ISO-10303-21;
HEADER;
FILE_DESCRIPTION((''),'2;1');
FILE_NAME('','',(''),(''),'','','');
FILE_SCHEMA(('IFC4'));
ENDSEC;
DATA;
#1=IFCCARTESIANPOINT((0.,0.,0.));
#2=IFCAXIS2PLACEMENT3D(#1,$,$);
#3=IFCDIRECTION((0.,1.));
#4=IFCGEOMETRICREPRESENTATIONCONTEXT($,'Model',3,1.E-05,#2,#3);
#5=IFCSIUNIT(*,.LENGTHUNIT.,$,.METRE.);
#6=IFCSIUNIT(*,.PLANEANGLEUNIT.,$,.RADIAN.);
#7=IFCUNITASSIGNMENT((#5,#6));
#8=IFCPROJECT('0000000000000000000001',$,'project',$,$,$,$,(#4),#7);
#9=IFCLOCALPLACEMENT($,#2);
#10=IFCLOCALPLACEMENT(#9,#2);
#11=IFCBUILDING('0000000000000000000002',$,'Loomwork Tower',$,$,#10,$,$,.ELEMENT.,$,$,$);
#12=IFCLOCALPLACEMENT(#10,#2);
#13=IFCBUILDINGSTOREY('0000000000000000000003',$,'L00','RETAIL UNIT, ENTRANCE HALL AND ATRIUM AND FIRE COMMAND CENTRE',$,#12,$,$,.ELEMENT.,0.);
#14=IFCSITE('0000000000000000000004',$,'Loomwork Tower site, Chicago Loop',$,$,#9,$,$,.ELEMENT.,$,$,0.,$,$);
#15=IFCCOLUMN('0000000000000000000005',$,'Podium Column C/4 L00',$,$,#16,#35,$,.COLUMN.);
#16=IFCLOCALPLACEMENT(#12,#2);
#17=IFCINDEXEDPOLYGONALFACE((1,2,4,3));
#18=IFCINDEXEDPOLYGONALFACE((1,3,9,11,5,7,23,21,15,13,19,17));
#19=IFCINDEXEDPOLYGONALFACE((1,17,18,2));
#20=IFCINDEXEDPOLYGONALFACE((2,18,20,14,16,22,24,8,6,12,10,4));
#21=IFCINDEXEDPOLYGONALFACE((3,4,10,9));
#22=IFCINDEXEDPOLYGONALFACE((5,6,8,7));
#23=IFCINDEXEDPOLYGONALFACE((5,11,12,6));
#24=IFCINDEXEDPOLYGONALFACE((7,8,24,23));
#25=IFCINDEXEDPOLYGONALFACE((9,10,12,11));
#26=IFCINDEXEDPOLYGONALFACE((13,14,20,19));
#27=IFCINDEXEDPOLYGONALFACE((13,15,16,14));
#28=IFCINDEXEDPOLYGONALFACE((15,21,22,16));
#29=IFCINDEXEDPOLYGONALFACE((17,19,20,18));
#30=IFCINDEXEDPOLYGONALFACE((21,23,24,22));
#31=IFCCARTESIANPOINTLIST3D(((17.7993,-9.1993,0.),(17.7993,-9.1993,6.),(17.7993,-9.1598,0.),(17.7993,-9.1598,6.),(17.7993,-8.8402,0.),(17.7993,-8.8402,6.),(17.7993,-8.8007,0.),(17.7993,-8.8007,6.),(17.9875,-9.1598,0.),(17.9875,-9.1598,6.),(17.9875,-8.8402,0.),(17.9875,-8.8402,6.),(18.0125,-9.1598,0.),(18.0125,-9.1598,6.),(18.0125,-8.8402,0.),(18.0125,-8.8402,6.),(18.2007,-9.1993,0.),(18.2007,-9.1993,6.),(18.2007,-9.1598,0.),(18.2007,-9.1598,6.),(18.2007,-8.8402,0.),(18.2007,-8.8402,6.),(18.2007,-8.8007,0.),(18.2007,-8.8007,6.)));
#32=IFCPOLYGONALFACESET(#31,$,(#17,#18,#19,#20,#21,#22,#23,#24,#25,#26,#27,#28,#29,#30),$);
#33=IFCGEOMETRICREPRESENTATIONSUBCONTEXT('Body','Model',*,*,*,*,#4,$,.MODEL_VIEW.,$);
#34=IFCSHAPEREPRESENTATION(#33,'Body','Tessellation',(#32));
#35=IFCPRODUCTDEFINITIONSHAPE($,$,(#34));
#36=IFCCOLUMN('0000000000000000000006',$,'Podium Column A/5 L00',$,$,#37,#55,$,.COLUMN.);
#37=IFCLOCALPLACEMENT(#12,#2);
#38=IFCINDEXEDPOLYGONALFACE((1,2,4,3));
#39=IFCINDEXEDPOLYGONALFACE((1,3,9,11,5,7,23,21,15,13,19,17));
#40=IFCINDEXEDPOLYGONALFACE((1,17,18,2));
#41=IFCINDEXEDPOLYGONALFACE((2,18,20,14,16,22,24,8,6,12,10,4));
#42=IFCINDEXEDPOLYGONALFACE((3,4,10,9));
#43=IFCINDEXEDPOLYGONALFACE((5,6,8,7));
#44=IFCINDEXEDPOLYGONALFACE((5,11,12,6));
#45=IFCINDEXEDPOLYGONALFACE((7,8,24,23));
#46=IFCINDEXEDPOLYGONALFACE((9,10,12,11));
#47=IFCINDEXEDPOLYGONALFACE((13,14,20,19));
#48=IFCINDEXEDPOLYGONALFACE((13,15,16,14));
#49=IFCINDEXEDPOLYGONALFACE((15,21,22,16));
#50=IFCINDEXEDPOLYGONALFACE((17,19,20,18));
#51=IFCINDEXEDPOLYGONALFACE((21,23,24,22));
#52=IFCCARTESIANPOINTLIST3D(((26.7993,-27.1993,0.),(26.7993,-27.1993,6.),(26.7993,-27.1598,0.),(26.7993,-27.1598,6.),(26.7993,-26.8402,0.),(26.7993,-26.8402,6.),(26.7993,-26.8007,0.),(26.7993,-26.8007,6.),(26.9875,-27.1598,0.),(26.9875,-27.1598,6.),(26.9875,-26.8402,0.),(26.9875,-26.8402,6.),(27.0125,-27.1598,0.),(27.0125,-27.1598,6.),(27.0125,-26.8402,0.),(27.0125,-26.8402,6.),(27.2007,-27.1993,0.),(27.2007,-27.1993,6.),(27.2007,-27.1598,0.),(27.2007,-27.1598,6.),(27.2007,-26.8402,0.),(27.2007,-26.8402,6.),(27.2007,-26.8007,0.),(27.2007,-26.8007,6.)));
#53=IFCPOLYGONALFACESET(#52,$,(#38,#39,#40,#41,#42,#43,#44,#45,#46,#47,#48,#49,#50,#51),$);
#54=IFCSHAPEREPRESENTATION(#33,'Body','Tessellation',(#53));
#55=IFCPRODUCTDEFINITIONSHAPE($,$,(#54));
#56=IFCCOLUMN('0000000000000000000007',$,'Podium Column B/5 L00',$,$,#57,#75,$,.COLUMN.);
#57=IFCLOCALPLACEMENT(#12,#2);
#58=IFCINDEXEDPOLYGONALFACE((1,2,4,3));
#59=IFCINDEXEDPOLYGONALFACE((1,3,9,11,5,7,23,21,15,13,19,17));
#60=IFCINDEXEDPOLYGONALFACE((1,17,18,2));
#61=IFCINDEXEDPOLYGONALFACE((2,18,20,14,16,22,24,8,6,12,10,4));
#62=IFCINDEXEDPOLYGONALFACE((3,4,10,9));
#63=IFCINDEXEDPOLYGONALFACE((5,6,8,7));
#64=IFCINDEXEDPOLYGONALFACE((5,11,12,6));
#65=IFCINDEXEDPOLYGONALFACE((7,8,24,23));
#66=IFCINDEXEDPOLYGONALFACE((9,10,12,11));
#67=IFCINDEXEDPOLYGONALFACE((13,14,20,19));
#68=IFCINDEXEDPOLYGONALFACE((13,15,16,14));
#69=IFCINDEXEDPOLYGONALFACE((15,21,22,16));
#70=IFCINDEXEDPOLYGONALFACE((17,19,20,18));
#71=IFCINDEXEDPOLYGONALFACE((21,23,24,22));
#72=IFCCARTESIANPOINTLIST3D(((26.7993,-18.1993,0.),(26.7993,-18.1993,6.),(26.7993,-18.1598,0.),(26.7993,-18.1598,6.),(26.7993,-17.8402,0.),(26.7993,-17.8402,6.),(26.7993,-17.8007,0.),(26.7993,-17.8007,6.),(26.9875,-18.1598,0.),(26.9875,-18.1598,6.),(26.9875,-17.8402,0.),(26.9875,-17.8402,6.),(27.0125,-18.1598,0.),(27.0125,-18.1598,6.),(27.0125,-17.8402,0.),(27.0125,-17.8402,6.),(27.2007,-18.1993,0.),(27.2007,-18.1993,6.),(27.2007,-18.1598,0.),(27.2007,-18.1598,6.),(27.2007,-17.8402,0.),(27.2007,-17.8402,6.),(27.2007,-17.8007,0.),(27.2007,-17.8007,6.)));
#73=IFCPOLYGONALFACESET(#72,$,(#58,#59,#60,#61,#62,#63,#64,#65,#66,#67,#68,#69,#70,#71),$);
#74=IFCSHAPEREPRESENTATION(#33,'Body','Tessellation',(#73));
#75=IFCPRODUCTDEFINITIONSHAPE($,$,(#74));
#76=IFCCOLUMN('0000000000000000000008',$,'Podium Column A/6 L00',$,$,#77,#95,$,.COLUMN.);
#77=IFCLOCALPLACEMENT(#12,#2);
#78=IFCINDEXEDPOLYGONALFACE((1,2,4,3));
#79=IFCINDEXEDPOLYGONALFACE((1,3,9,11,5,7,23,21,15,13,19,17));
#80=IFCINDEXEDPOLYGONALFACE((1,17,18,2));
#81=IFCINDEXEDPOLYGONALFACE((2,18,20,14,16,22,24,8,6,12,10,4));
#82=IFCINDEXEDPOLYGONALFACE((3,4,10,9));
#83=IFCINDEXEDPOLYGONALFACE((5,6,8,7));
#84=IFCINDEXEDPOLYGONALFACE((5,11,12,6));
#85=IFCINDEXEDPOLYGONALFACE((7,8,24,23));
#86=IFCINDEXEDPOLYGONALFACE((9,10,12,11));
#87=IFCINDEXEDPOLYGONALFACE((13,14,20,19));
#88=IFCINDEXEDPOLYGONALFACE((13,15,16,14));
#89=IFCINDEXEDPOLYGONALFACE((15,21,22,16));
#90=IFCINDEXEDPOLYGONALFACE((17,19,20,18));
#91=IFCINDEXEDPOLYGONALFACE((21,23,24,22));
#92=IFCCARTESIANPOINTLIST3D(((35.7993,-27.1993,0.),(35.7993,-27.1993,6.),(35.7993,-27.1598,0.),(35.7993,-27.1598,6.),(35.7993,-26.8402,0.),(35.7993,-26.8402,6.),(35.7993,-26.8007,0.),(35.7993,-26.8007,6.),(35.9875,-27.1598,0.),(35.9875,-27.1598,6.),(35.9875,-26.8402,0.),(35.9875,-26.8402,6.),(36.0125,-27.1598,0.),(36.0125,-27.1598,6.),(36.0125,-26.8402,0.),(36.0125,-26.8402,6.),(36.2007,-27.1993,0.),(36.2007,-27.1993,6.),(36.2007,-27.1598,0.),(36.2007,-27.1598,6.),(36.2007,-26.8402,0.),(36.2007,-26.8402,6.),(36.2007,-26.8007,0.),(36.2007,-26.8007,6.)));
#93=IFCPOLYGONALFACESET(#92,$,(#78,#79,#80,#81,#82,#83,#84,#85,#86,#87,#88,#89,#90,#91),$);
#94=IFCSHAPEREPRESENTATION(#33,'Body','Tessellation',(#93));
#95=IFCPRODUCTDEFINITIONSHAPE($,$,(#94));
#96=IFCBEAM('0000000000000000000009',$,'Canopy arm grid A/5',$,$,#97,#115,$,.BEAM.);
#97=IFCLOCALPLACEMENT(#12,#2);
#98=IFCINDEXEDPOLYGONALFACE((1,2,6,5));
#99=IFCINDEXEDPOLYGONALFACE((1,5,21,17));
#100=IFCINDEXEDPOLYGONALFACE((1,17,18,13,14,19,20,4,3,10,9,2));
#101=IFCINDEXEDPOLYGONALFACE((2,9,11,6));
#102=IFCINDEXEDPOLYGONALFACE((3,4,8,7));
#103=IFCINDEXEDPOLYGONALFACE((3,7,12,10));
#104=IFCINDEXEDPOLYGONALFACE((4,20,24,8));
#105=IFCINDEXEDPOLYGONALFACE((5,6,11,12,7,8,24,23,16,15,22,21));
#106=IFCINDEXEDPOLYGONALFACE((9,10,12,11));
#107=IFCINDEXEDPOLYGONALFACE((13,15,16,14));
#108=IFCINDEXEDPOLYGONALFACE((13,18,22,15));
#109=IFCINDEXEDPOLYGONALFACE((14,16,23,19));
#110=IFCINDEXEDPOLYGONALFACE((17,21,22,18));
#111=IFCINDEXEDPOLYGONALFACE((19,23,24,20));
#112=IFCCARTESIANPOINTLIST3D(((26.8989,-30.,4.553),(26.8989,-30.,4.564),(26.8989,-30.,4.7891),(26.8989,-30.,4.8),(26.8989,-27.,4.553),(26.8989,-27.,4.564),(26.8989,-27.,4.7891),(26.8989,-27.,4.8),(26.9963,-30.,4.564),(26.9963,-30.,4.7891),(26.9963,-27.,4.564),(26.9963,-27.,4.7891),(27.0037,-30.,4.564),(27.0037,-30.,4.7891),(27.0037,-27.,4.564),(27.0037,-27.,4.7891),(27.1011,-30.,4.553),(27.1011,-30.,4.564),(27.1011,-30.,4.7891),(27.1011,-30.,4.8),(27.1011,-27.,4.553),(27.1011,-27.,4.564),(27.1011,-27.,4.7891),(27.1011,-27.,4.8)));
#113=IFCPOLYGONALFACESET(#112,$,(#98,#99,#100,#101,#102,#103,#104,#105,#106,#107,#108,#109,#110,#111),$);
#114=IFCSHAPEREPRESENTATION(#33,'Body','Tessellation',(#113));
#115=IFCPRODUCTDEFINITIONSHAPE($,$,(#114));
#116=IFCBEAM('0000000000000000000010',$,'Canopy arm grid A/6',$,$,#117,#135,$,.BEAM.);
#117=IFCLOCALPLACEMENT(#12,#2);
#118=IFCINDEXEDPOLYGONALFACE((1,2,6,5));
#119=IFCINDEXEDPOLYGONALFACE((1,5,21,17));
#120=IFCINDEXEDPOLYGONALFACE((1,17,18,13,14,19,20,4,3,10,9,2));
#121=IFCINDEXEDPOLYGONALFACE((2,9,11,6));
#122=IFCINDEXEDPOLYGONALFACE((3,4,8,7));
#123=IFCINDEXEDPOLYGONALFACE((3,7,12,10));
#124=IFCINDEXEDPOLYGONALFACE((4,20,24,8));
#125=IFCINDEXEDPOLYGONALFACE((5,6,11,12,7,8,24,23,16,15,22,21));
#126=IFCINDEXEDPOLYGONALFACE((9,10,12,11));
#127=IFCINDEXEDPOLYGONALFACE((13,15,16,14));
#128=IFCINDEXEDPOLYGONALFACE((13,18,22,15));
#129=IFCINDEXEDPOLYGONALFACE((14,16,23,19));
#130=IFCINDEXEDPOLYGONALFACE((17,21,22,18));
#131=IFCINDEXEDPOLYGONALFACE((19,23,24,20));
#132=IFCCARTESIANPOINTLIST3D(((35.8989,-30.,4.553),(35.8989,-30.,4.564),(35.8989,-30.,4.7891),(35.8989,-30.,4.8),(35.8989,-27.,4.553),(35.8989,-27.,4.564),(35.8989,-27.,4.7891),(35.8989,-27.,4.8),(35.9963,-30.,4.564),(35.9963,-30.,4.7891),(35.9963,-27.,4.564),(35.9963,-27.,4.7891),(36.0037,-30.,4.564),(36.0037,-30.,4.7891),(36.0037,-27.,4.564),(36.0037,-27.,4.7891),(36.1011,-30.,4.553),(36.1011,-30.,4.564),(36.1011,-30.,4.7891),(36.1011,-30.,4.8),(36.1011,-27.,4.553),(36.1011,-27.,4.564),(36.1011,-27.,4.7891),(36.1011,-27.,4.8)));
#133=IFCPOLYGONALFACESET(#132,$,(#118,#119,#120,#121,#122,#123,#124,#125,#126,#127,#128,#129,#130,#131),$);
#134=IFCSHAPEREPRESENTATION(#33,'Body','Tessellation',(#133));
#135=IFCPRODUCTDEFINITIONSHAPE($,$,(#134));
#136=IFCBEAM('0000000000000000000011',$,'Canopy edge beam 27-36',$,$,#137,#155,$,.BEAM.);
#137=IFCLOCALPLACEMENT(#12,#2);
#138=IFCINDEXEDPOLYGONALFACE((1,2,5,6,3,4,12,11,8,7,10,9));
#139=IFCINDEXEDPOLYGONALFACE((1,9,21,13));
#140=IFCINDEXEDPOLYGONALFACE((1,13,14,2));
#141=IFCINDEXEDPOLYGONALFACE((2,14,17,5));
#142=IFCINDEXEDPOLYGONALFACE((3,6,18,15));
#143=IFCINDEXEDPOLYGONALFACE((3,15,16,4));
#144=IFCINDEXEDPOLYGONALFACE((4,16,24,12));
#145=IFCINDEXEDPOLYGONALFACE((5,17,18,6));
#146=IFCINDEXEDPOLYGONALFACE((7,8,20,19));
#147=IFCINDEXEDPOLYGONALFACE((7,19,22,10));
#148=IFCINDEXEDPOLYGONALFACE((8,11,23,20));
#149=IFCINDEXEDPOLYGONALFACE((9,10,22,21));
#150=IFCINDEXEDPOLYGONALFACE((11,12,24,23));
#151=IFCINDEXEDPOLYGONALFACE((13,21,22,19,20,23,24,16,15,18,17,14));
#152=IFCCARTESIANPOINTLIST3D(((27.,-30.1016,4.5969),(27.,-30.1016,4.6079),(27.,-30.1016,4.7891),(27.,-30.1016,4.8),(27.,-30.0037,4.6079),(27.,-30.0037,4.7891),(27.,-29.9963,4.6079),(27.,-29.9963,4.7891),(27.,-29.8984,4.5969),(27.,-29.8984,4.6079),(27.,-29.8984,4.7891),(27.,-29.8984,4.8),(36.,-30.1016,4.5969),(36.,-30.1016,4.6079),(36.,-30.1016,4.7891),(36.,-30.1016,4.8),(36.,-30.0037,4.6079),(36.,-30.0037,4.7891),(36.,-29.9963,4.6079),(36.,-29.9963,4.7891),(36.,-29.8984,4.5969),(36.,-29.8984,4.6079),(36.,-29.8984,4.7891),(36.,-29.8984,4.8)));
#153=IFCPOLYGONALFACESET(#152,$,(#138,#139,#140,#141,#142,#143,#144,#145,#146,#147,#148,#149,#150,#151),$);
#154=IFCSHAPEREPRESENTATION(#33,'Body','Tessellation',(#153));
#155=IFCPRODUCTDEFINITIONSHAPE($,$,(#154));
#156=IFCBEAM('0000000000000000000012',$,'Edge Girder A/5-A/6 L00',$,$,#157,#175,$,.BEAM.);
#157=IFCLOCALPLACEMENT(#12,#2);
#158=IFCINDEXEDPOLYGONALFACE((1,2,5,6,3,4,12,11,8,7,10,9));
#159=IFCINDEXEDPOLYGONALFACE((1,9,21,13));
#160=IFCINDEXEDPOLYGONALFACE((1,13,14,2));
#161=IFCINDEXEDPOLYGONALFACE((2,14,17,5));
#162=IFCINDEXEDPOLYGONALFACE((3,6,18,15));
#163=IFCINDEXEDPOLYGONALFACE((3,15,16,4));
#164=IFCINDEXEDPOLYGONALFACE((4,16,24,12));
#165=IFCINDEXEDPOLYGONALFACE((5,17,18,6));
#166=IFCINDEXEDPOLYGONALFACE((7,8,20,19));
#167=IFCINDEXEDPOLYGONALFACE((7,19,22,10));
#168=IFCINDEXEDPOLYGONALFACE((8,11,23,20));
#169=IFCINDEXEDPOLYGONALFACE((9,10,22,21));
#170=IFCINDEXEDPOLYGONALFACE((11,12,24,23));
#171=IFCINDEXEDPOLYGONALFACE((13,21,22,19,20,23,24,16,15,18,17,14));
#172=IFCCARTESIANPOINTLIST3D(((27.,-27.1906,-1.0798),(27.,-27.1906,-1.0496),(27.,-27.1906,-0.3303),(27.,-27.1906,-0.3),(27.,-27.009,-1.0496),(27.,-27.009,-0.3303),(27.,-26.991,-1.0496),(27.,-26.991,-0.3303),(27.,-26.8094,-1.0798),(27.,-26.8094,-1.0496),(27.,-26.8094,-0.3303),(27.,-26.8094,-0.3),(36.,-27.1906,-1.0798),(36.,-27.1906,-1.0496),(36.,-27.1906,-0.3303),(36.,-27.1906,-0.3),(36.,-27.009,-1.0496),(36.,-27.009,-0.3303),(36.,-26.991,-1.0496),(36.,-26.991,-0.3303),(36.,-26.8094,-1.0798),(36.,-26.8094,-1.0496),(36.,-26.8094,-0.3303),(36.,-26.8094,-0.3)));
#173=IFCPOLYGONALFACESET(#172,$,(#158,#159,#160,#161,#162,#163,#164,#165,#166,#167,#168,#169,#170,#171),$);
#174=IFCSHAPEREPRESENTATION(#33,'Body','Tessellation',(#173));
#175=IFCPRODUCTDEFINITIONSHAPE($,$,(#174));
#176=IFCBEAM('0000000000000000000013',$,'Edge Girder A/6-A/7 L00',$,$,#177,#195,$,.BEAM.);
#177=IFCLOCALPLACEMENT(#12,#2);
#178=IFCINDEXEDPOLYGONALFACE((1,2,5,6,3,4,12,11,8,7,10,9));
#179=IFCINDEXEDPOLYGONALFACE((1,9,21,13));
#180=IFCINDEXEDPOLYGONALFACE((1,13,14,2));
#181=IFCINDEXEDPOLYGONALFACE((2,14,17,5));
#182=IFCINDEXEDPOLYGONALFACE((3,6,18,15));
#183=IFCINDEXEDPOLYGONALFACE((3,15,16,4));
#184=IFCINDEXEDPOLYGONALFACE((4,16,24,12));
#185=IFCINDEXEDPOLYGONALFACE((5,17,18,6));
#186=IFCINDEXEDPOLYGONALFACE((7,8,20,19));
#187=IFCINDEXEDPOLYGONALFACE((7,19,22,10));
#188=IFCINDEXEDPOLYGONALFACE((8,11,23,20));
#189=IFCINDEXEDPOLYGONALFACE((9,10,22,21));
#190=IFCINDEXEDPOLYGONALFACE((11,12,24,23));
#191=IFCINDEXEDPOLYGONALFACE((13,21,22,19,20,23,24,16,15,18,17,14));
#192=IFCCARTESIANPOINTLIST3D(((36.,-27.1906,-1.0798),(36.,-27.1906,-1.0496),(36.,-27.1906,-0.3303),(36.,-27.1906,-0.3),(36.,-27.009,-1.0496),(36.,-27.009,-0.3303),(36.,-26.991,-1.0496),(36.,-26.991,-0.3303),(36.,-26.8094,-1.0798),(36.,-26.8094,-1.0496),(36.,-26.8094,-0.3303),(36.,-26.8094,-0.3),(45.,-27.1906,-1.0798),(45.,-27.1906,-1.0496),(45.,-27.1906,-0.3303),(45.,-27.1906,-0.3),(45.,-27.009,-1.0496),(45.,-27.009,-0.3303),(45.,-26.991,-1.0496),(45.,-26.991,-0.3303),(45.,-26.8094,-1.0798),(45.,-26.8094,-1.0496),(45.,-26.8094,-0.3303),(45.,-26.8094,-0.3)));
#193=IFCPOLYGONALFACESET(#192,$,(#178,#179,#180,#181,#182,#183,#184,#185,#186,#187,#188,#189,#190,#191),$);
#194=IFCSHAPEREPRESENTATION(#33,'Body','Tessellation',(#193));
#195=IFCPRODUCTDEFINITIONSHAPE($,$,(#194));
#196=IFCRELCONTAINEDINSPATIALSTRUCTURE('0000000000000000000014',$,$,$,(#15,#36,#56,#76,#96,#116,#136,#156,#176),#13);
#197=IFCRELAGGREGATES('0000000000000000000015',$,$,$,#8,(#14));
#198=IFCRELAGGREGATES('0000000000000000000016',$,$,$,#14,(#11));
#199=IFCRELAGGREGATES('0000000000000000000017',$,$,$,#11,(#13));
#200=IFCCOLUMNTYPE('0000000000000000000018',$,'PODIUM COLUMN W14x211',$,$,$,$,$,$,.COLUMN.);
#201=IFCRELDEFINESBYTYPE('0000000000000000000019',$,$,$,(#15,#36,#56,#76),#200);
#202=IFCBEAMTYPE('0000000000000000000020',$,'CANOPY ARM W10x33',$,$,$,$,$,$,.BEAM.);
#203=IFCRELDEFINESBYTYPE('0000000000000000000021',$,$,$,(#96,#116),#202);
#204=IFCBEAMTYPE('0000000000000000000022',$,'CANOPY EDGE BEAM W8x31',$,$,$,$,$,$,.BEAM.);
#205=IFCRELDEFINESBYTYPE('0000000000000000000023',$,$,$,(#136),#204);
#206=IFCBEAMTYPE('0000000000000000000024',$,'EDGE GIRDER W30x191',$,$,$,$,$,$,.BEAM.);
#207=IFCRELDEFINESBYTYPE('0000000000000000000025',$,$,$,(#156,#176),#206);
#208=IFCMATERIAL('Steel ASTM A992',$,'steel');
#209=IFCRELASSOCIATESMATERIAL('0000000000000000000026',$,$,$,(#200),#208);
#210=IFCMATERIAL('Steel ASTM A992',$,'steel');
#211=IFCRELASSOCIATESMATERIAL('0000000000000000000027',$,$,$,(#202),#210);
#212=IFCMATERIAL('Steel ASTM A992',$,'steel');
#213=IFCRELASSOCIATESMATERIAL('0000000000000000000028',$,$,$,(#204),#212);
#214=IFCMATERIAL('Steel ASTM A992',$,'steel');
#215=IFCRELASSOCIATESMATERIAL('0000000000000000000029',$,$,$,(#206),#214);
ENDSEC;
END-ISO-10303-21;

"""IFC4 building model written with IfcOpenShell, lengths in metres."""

from ifc_helpers import new_model, si_unit, direction, frame, origin, origin_2d, place, context, subcontext, project, spatial, i_section, extrude, material, material_profile, profile_set, type_object, element, save


model = new_model("IFC4")

# Units and contexts
model_context = context("Model", 3, precision=1e-05, world=origin(), true_north=direction((0.0, 1.0)))
body_context = subcontext(model_context, "Body", "Model", "MODEL_VIEW")
ifc_project = project(units=[si_unit("LENGTHUNIT", "METRE"), si_unit("PLANEANGLEUNIT", "RADIAN")], contexts=[model_context])

# Site, building, storey
site_placement = place(None, origin())
site = spatial("IfcSite", under=ifc_project, at=site_placement, Name="Loomwork Tower site, Chicago Loop", CompositionType="ELEMENT", RefElevation=0.0)
building_placement = place(site_placement, origin())
building = spatial("IfcBuilding", under=site, at=building_placement, Name="Loomwork Tower", CompositionType="ELEMENT")
storey_placement = place(building_placement, origin())
storey = spatial("IfcBuildingStorey", under=building, at=storey_placement, Name="L00", Description="RETAIL UNIT, ENTRANCE HALL AND ATRIUM AND FIRE COMMAND CENTRE", CompositionType="ELEMENT", Elevation=0.0)

# Columns
ifc_material_1 = material(Name="Steel ASTM A992", Category="steel")
ifc_material_profile_1 = material_profile(ifc_material_1, i_section(OverallWidth=0.4014, OverallDepth=0.3987, WebThickness=0.0249, FlangeThickness=0.0396, at=origin_2d()), Name="W14x211")
ifc_profile_set_1 = profile_set([ifc_material_profile_1], Name="Steel ASTM A992")
column_type = type_object("IfcColumnType", Name="PODIUM COLUMN W14x211", PredefinedType="COLUMN", material=ifc_profile_set_1)
for number, where, z_axis, x_axis, name in (
    (1, (18.0, -9.0, 0.0), (0.0, 0.0, 1.0), (1.0, 0.0, 0.0), "Podium Column C/4 L00"),
    (2, (27.0, -27.0, 0.0), (0.0, 0.0, 1.0), (1.0, 0.0, 0.0), "Podium Column A/5 L00"),
    (3, (27.0, -18.0, 0.0), (0.0, 0.0, 1.0), (1.0, 0.0, 0.0), "Podium Column B/5 L00"),
    (4, (36.0, -27.0, 0.0), (0.0, 0.0, 1.0), (1.0, 0.0, 0.0), "Podium Column A/6 L00"),
):
    element("IfcColumn", number, at=place(storey_placement, frame(where, z_axis=z_axis, x_axis=x_axis)), inside=storey, type_object=column_type, Name=name, PredefinedType="COLUMN", context=body_context, shape_type="SweptSolid", body=[
        extrude(i_section(OverallWidth=0.4014, OverallDepth=0.3987, WebThickness=0.0249, FlangeThickness=0.0396, at=origin_2d()), origin(), (0.0, 0.0, 1.0), 6.0),
    ])

# Beams
ifc_material_2 = material(Name="Steel ASTM A992", Category="steel")
ifc_material_profile_2 = material_profile(ifc_material_2, i_section(OverallWidth=0.2021, OverallDepth=0.2471, WebThickness=0.0073, FlangeThickness=0.011, at=origin_2d()), Name="W10x33")
ifc_profile_set_2 = profile_set([ifc_material_profile_2], Name="Steel ASTM A992")
beam_type_1 = type_object("IfcBeamType", Name="CANOPY ARM W10x33", PredefinedType="BEAM", material=ifc_profile_set_2)
for number, where, z_axis, x_axis, name in (
    (5, (27.0, -27.0, 4.6765), (0.0, -1.0, 0.0), (1.0, 0.0, 0.0), "Canopy arm grid A/5"),
    (6, (36.0, -27.0, 4.6765), (0.0, -1.0, 0.0), (1.0, 0.0, 0.0), "Canopy arm grid A/6"),
):
    element("IfcBeam", number, at=place(storey_placement, frame(where, z_axis=z_axis, x_axis=x_axis)), inside=storey, type_object=beam_type_1, Name=name, PredefinedType="BEAM", context=body_context, shape_type="SweptSolid", body=[
        extrude(i_section(OverallWidth=0.2021, OverallDepth=0.2471, WebThickness=0.0073, FlangeThickness=0.011, at=origin_2d()), origin(), (0.0, 0.0, 1.0), 3.0),
    ])
ifc_material_3 = material(Name="Steel ASTM A992", Category="steel")
ifc_material_profile_3 = material_profile(ifc_material_3, i_section(OverallWidth=0.2031, OverallDepth=0.2031, WebThickness=0.0073, FlangeThickness=0.011, at=origin_2d()), Name="W8x31")
ifc_profile_set_3 = profile_set([ifc_material_profile_3], Name="Steel ASTM A992")
beam_type_2 = type_object("IfcBeamType", Name="CANOPY EDGE BEAM W8x31", PredefinedType="BEAM", material=ifc_profile_set_3)
beam_1_placement = place(storey_placement, frame((27.0, -30.0, 4.6985), z_axis=(1.0, 0.0, 0.0), x_axis=(0.0, 1.0, 0.0)))
element("IfcBeam", 7, at=beam_1_placement, inside=storey, type_object=beam_type_2, Name="Canopy edge beam 27-36", PredefinedType="BEAM", context=body_context, shape_type="SweptSolid", body=[
    extrude(i_section(OverallWidth=0.2031, OverallDepth=0.2031, WebThickness=0.0073, FlangeThickness=0.011, at=origin_2d()), origin(), (0.0, 0.0, 1.0), 9.0),
])
ifc_material_4 = material(Name="Steel ASTM A992", Category="steel")
ifc_material_profile_4 = material_profile(ifc_material_4, i_section(OverallWidth=0.3811, OverallDepth=0.7798, WebThickness=0.0181, FlangeThickness=0.0303, at=origin_2d()), Name="W30x191")
ifc_profile_set_4 = profile_set([ifc_material_profile_4], Name="Steel ASTM A992")
beam_type_3 = type_object("IfcBeamType", Name="EDGE GIRDER W30x191", PredefinedType="BEAM", material=ifc_profile_set_4)
for number, where, z_axis, x_axis, name in (
    (8, (27.0, -27.0, -0.6899), (1.0, 0.0, 0.0), (0.0, 1.0, 0.0), "Edge Girder A/5-A/6 L00"),
    (9, (36.0, -27.0, -0.6899), (1.0, 0.0, 0.0), (0.0, 1.0, 0.0), "Edge Girder A/6-A/7 L00"),
):
    element("IfcBeam", number, at=place(storey_placement, frame(where, z_axis=z_axis, x_axis=x_axis)), inside=storey, type_object=beam_type_3, Name=name, PredefinedType="BEAM", context=body_context, shape_type="SweptSolid", body=[
        extrude(i_section(OverallWidth=0.3811, OverallDepth=0.7798, WebThickness=0.0181, FlangeThickness=0.0303, at=origin_2d()), origin(), (0.0, 0.0, 1.0), 9.0),
    ])

save(model, "model.ifc")
